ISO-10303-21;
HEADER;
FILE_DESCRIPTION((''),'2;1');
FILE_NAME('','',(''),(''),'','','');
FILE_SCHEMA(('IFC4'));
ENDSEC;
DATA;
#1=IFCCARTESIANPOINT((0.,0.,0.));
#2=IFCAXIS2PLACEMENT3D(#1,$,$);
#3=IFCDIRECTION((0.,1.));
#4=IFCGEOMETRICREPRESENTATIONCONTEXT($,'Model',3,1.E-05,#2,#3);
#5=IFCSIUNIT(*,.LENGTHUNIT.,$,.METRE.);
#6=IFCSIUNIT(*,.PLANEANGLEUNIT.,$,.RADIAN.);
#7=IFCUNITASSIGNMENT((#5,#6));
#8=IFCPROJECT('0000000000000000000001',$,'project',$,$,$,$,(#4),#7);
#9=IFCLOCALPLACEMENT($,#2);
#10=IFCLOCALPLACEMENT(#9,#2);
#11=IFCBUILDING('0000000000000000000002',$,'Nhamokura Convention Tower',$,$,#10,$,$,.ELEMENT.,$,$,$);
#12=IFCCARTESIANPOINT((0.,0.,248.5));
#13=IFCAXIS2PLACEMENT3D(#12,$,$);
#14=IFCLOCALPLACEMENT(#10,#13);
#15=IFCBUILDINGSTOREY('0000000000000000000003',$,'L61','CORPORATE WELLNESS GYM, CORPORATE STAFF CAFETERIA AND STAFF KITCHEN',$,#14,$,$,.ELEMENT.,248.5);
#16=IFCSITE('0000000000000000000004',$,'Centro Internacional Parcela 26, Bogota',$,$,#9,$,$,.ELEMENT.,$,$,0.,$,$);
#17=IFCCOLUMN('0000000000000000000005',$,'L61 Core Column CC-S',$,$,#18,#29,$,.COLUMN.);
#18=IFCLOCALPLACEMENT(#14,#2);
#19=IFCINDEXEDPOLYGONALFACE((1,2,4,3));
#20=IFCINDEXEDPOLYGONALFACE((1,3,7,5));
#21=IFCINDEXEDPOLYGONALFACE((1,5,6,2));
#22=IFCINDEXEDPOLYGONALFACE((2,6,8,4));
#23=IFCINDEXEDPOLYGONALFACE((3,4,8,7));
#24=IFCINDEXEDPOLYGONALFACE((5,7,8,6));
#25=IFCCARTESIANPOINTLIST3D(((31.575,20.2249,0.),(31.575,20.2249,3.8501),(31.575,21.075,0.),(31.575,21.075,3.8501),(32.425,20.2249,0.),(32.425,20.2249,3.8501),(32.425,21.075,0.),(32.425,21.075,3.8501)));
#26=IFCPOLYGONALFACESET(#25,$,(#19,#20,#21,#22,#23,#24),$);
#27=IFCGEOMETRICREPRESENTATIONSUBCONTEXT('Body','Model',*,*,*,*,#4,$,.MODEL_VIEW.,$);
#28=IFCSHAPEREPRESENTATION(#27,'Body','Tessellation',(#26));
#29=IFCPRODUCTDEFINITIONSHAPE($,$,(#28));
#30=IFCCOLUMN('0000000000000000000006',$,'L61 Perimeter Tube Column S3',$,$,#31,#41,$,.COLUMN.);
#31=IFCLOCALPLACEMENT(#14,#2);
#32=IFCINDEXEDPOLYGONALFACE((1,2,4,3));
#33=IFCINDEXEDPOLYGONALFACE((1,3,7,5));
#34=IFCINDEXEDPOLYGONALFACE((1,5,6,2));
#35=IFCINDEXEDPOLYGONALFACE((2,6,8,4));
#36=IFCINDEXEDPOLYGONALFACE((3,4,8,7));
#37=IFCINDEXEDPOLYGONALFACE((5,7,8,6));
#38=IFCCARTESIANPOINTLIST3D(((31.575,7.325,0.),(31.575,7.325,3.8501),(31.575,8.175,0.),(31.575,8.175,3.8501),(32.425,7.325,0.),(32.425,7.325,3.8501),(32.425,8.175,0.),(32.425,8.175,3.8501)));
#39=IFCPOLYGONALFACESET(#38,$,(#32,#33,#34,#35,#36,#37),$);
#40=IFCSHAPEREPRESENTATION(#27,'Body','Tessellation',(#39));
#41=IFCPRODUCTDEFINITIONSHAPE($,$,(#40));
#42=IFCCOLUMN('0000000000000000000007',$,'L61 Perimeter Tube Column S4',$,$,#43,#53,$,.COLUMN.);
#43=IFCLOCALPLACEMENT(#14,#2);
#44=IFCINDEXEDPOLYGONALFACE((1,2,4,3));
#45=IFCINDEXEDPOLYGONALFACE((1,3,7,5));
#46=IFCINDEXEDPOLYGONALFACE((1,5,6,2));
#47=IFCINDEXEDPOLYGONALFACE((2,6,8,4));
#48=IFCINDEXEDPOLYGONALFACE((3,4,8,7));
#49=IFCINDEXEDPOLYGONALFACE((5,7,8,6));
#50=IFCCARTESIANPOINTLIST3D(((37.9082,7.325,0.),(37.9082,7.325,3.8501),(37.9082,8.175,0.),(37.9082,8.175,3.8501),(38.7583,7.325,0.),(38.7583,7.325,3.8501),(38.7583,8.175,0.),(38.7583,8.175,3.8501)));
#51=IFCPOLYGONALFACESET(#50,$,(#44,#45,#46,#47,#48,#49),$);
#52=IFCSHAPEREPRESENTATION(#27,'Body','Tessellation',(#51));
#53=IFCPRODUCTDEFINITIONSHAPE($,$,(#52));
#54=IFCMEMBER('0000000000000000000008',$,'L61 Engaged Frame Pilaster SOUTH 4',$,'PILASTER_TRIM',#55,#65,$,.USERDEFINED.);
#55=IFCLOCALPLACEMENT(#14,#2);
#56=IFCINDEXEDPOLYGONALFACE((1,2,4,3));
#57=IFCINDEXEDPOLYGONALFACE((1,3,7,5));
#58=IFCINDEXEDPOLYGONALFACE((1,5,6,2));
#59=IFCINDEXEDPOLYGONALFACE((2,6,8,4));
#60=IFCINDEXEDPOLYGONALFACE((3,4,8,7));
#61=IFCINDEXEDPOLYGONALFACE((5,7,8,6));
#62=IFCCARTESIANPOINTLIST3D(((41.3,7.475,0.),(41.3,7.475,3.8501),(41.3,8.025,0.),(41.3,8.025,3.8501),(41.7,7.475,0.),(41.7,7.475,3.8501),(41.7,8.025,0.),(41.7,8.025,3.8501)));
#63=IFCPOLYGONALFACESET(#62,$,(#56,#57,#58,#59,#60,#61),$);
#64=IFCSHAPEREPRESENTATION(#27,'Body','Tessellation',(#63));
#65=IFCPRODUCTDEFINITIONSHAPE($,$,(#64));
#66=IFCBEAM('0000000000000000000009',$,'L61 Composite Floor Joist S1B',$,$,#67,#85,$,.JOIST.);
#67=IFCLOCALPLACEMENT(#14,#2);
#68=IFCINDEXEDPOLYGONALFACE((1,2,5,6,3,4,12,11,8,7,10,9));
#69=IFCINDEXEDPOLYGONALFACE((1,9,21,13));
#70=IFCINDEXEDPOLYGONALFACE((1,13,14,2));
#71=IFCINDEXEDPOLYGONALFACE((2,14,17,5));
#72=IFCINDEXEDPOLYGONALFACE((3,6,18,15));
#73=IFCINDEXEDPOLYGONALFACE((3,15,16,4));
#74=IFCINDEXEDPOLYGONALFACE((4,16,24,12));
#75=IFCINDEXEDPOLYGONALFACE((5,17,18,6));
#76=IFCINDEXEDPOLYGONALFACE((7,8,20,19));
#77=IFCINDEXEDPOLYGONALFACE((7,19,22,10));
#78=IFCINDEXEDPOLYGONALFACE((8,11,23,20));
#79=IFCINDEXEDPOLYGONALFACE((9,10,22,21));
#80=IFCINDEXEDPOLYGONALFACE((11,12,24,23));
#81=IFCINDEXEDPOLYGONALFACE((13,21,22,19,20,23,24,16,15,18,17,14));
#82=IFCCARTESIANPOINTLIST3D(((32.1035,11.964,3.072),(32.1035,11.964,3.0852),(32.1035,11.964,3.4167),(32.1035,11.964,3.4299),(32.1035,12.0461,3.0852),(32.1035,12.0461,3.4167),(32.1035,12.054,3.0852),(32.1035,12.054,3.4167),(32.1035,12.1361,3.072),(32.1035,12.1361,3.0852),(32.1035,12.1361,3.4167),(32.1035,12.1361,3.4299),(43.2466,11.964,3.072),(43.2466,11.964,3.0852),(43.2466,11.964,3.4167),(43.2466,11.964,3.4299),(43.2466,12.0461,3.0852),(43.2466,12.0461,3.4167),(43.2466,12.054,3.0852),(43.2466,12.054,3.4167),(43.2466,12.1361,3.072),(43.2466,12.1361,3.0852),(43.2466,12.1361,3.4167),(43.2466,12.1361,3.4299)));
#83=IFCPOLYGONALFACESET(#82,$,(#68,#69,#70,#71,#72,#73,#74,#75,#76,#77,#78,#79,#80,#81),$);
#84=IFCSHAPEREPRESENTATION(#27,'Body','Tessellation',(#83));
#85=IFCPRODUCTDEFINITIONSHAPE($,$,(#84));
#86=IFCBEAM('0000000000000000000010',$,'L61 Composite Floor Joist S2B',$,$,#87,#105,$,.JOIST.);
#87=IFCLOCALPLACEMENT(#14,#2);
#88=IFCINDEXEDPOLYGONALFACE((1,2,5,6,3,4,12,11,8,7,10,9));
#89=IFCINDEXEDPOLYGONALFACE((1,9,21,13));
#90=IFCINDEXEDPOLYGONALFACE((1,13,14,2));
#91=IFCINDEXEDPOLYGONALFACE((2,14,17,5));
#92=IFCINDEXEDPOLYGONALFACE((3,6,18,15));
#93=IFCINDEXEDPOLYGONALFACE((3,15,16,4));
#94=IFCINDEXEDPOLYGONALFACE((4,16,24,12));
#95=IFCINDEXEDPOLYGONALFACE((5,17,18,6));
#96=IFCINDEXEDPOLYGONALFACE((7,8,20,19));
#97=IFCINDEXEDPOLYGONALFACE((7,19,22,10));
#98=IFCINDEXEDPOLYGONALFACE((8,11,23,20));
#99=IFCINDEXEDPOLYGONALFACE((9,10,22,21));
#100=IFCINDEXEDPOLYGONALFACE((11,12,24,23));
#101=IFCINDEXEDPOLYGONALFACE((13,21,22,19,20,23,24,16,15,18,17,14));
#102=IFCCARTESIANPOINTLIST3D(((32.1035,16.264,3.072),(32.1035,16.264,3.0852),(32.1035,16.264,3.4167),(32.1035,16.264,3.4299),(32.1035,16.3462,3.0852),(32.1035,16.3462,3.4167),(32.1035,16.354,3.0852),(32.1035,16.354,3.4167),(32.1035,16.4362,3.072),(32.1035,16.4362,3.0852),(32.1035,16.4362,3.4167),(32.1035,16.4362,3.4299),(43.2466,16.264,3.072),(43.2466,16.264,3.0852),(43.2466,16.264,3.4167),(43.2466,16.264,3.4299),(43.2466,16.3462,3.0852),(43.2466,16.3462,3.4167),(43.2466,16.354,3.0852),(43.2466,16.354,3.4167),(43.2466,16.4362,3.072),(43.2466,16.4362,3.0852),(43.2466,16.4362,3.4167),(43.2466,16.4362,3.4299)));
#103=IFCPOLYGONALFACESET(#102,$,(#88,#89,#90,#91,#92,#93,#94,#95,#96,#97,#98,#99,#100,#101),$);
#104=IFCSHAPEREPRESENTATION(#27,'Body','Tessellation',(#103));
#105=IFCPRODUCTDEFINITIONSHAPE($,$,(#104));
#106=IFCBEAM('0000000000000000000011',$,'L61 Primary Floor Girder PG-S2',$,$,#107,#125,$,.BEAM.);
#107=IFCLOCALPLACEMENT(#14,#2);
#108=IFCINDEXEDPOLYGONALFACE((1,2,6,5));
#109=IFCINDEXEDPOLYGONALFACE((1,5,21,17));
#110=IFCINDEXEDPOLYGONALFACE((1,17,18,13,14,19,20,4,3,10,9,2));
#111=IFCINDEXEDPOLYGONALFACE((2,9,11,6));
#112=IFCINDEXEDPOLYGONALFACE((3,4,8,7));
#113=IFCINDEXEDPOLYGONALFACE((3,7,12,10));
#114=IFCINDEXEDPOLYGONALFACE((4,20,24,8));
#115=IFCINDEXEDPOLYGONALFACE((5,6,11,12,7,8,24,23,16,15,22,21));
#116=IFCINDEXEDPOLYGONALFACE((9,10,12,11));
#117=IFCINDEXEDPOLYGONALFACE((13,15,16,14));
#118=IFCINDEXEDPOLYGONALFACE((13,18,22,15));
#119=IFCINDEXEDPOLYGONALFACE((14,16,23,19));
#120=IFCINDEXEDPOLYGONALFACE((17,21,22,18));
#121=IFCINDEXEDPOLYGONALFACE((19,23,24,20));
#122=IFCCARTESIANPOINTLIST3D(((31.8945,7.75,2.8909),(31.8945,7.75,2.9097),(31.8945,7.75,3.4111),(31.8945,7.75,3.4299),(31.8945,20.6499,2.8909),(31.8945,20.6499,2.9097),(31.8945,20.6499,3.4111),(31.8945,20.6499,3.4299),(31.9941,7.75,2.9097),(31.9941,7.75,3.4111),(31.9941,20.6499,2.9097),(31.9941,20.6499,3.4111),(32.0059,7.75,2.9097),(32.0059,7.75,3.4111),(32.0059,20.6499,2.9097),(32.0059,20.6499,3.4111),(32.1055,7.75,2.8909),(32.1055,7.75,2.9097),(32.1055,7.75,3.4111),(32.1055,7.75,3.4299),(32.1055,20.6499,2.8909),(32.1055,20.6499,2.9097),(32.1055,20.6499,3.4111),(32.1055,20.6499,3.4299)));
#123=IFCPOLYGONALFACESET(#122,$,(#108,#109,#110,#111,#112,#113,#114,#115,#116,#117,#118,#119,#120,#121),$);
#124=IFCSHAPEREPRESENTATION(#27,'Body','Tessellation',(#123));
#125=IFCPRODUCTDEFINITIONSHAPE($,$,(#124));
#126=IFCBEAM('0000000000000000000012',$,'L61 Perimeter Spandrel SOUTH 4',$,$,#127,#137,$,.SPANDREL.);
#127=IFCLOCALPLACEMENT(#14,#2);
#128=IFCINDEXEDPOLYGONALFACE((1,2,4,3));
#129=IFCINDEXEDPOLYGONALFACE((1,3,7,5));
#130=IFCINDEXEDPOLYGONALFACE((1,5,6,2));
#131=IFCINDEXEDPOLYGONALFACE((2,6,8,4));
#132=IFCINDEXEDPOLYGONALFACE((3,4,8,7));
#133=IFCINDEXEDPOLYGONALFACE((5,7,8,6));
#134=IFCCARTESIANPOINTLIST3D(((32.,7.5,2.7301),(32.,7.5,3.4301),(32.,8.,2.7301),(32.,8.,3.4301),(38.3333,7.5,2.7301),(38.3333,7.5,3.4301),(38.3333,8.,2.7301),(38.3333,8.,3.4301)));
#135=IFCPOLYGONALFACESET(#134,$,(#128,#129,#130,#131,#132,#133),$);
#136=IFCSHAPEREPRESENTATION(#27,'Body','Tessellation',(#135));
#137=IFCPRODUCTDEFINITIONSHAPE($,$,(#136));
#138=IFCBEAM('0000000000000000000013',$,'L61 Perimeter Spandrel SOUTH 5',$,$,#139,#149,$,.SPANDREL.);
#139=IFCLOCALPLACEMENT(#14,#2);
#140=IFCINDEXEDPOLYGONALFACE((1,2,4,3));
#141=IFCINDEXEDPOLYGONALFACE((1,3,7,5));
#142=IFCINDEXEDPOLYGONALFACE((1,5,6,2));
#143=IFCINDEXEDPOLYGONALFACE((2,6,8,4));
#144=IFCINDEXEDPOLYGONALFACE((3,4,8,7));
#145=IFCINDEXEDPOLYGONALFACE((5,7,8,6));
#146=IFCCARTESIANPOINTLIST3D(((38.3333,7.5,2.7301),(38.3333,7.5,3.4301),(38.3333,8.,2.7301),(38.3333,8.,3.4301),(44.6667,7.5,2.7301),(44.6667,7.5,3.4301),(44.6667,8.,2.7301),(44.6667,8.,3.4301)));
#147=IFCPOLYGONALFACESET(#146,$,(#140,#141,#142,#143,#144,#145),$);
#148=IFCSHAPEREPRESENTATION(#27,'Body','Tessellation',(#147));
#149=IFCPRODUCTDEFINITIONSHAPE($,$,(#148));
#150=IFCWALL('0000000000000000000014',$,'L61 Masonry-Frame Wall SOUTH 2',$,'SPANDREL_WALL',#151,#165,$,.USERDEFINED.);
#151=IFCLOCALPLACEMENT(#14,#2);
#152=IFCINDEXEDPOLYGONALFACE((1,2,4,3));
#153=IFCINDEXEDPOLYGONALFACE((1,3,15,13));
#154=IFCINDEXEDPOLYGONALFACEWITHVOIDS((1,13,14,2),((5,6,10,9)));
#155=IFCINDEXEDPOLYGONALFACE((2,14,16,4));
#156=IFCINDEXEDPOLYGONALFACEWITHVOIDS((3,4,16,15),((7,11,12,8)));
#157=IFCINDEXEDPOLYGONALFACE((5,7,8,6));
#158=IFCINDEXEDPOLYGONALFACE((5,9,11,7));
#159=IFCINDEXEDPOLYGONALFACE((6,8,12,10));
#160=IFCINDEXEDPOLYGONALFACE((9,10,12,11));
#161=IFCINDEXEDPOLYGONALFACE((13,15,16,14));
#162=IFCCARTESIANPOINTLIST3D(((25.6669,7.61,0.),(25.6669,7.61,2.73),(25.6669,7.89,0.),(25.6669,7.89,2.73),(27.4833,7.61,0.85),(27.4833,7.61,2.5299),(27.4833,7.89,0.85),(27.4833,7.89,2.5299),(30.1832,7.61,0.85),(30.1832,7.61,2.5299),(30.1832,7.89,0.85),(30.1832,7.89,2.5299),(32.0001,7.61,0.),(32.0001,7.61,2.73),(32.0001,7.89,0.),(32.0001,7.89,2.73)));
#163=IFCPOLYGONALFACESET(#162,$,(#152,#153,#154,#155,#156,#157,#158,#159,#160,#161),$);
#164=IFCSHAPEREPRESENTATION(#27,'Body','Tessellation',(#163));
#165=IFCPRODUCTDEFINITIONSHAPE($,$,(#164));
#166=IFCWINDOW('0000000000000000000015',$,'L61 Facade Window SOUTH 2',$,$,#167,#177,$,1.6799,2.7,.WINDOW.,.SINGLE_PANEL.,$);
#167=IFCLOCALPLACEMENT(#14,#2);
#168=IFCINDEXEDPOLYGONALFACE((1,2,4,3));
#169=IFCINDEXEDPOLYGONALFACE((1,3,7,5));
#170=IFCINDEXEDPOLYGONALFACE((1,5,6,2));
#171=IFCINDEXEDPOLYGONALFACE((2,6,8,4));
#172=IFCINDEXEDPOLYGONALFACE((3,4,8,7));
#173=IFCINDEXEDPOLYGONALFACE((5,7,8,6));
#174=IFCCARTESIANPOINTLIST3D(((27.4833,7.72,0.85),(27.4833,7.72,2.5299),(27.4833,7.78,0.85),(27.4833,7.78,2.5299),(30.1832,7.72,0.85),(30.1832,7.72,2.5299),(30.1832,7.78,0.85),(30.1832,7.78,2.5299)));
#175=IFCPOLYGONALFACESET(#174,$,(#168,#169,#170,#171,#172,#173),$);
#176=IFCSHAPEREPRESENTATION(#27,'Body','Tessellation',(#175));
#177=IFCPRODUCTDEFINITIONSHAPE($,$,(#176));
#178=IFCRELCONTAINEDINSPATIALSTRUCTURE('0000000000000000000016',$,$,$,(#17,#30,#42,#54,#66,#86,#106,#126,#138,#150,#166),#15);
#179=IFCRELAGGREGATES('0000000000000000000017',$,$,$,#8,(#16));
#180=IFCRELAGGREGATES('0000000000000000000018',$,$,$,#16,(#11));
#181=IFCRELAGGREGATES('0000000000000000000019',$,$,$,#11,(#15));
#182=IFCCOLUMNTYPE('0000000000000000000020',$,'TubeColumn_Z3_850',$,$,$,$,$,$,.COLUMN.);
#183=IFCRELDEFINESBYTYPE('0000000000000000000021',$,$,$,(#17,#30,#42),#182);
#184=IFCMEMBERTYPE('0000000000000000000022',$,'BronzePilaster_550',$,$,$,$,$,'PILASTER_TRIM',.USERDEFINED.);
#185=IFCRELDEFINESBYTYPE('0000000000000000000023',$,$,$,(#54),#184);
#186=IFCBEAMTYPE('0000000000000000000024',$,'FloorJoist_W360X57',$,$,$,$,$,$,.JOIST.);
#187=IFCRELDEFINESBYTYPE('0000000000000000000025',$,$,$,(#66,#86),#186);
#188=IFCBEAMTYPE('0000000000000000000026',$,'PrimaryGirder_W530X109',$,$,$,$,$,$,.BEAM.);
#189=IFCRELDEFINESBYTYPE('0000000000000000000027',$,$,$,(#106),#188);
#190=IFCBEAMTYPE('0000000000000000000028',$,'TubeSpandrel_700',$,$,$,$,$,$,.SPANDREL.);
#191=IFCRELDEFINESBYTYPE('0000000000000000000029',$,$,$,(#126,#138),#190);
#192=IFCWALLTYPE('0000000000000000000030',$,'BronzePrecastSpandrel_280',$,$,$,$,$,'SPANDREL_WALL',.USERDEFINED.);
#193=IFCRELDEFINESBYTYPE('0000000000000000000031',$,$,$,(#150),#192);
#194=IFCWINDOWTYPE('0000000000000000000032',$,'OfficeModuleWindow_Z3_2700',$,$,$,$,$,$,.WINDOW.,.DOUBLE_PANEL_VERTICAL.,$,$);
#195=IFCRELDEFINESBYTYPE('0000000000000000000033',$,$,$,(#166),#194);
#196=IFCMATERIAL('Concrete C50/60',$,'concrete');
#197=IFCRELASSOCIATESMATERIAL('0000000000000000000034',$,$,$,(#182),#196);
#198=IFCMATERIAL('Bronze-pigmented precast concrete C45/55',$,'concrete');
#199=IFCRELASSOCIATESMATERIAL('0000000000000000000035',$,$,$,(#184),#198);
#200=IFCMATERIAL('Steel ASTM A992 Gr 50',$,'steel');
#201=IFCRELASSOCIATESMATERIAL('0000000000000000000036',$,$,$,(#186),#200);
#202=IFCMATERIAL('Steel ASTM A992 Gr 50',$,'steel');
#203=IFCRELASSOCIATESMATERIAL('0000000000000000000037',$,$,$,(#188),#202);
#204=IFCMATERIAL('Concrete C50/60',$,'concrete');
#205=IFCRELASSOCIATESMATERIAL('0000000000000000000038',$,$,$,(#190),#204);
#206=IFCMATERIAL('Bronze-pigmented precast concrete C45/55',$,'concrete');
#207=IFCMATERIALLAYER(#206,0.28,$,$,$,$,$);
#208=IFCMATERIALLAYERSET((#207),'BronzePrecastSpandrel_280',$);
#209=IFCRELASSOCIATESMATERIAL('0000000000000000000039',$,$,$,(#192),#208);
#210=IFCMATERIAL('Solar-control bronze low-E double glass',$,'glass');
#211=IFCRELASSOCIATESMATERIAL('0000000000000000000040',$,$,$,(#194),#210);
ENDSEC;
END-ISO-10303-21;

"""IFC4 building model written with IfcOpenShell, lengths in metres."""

from ifc_helpers import new_model, si_unit, direction, frame, frame_2d, origin, origin_2d, place, context, subcontext, project, spatial, rectangle, i_section, extrude, material, layer, layer_set, material_profile, profile_set, type_object, element, fill, save


model = new_model("IFC4")

# Units and contexts
model_context = context("Model", 3, precision=1e-05, world=origin(), true_north=direction((0.0, 1.0)))
body_context = subcontext(model_context, "Body", "Model", "MODEL_VIEW")
ifc_project = project(units=[si_unit("LENGTHUNIT", "METRE"), si_unit("PLANEANGLEUNIT", "RADIAN")], contexts=[model_context])

# Site, building, storey
site_placement = place(None, origin())
site = spatial("IfcSite", under=ifc_project, at=site_placement, Name="Centro Internacional Parcela 26, Bogota", CompositionType="ELEMENT", RefElevation=0.0)
building_placement = place(site_placement, origin())
building = spatial("IfcBuilding", under=site, at=building_placement, Name="Nhamokura Convention Tower", CompositionType="ELEMENT")
storey_placement = place(building_placement, frame((0.0, 0.0, 248.5)))
storey = spatial("IfcBuildingStorey", under=building, at=storey_placement, Name="L61", Description="CORPORATE WELLNESS GYM, CORPORATE STAFF CAFETERIA AND STAFF KITCHEN", CompositionType="ELEMENT", Elevation=248.5)

# Columns
ifc_material_1 = material(Name="Concrete C50/60", Category="concrete")
ifc_material_profile_1 = material_profile(ifc_material_1, rectangle(XDim=0.8501, YDim=0.8501, at=origin_2d()))
ifc_profile_set_1 = profile_set([ifc_material_profile_1], Name="Concrete C50/60")
column_type = type_object("IfcColumnType", Name="TubeColumn_Z3_850", PredefinedType="COLUMN", material=ifc_profile_set_1)
for number, where, z_axis, x_axis, name in (
    (1, (32.0, 20.6499, 0.0), (0.0, 0.0, 1.0), (1.0, 0.0, 0.0), "L61 Core Column CC-S"),
    (2, (32.0, 7.75, 0.0), (0.0, 0.0, 1.0), (1.0, 0.0, 0.0), "L61 Perimeter Tube Column S3"),
    (3, (38.3333, 7.75, 0.0), (0.0, 0.0, 1.0), (1.0, 0.0, 0.0), "L61 Perimeter Tube Column S4"),
):
    element("IfcColumn", number, at=place(storey_placement, frame(where, z_axis=z_axis, x_axis=x_axis)), inside=storey, type_object=column_type, Name=name, PredefinedType="COLUMN", context=body_context, shape_type="SweptSolid", body=[
        extrude(rectangle(XDim=0.8501, YDim=0.8501, at=origin_2d()), origin(), (0.0, 0.0, 1.0), 3.8501),
    ])

# Member
ifc_material_2 = material(Name="Bronze-pigmented precast concrete C45/55", Category="concrete")
ifc_material_profile_2 = material_profile(ifc_material_2, rectangle(XDim=0.3999, YDim=0.55, at=origin_2d()))
ifc_profile_set_2 = profile_set([ifc_material_profile_2], Name="Bronze-pigmented precast concrete C45/55")
member_type = type_object("IfcMemberType", Name="BronzePilaster_550", ElementType="PILASTER_TRIM", PredefinedType="USERDEFINED", material=ifc_profile_set_2)
member_placement = place(storey_placement, frame((41.5, 7.75, 0.0), z_axis=(0.0, 0.0, 1.0), x_axis=(1.0, 0.0, 0.0)))
element("IfcMember", 4, at=member_placement, inside=storey, type_object=member_type, Name="L61 Engaged Frame Pilaster SOUTH 4", ObjectType="PILASTER_TRIM", PredefinedType="USERDEFINED", context=body_context, shape_type="SweptSolid", body=[
    extrude(rectangle(XDim=0.3999, YDim=0.55, at=origin_2d()), origin(), (0.0, 0.0, 1.0), 3.8501),
])

# Beams
ifc_material_3 = material(Name="Steel ASTM A992 Gr 50", Category="steel")
ifc_material_profile_3 = material_profile(ifc_material_3, i_section(OverallWidth=0.1721, OverallDepth=0.3579, WebThickness=0.0078, FlangeThickness=0.0132, at=origin_2d()))
ifc_profile_set_3 = profile_set([ifc_material_profile_3], Name="Steel ASTM A992 Gr 50")
beam_type_1 = type_object("IfcBeamType", Name="FloorJoist_W360X57", PredefinedType="JOIST", material=ifc_profile_set_3)
for number, where, z_axis, x_axis, name in (
    (5, (32.1035, 12.05, 3.251), (1.0, 0.0, 0.0), (0.0, 1.0, 0.0), "L61 Composite Floor Joist S1B"),
    (6, (32.1035, 16.3501, 3.251), (1.0, 0.0, 0.0), (0.0, 1.0, 0.0), "L61 Composite Floor Joist S2B"),
):
    element("IfcBeam", number, at=place(storey_placement, frame(where, z_axis=z_axis, x_axis=x_axis)), inside=storey, type_object=beam_type_1, Name=name, PredefinedType="JOIST", context=body_context, shape_type="SweptSolid", body=[
        extrude(i_section(OverallWidth=0.1721, OverallDepth=0.3579, WebThickness=0.0078, FlangeThickness=0.0132, at=origin_2d()), origin(), (0.0, 0.0, 1.0), 11.1431),
    ])
ifc_material_4 = material(Name="Steel ASTM A992 Gr 50", Category="steel")
ifc_material_profile_4 = material_profile(ifc_material_4, i_section(OverallWidth=0.2109, OverallDepth=0.5391, WebThickness=0.0117, FlangeThickness=0.0188, at=origin_2d()))
ifc_profile_set_4 = profile_set([ifc_material_profile_4], Name="Steel ASTM A992 Gr 50")
beam_type_2 = type_object("IfcBeamType", Name="PrimaryGirder_W530X109", PredefinedType="BEAM", material=ifc_profile_set_4)
beam_1_placement = place(storey_placement, frame((32.0, 7.75, 3.1604), z_axis=(0.0, 1.0, 0.0), x_axis=(-1.0, 0.0, 0.0)))
element("IfcBeam", 7, at=beam_1_placement, inside=storey, type_object=beam_type_2, Name="L61 Primary Floor Girder PG-S2", PredefinedType="BEAM", context=body_context, shape_type="SweptSolid", body=[
    extrude(i_section(OverallWidth=0.2109, OverallDepth=0.5391, WebThickness=0.0117, FlangeThickness=0.0188, at=origin_2d()), origin(), (0.0, 0.0, 1.0), 12.8999),
])
ifc_material_5 = material(Name="Concrete C50/60", Category="concrete")
ifc_material_profile_5 = material_profile(ifc_material_5, rectangle(XDim=0.5, YDim=0.7, at=origin_2d()))
ifc_profile_set_5 = profile_set([ifc_material_profile_5], Name="Concrete C50/60")
beam_type_3 = type_object("IfcBeamType", Name="TubeSpandrel_700", PredefinedType="SPANDREL", material=ifc_profile_set_5)
beam_2_placement = place(storey_placement, frame((32.0, 7.75, 3.0801), z_axis=(1.0, 0.0, 0.0), x_axis=(0.0, 1.0, 0.0)))
element("IfcBeam", 8, at=beam_2_placement, inside=storey, type_object=beam_type_3, Name="L61 Perimeter Spandrel SOUTH 4", PredefinedType="SPANDREL", context=body_context, shape_type="SweptSolid", body=[
    extrude(rectangle(XDim=0.5, YDim=0.7, at=origin_2d()), origin(), (0.0, 0.0, 1.0), 6.3333),
])
beam_3_placement = place(storey_placement, frame((38.3333, 7.75, 3.0801), z_axis=(1.0, 0.0, 0.0), x_axis=(0.0, 1.0, 0.0)))
element("IfcBeam", 9, at=beam_3_placement, inside=storey, type_object=beam_type_3, Name="L61 Perimeter Spandrel SOUTH 5", PredefinedType="SPANDREL", context=body_context, shape_type="SweptSolid", body=[
    extrude(rectangle(XDim=0.5, YDim=0.7, at=origin_2d()), origin(), (0.0, 0.0, 1.0), 6.3335),
])

# Wall, opening, window
ifc_material_6 = material(Name="Bronze-pigmented precast concrete C45/55", Category="concrete")
ifc_layer_1 = layer(ifc_material_6, 0.28)
ifc_layer_set_1 = layer_set([ifc_layer_1], Name="BronzePrecastSpandrel_280")
wall_type_1 = type_object("IfcWallType", Name="BronzePrecastSpandrel_280", ElementType="SPANDREL_WALL", PredefinedType="USERDEFINED", material=ifc_layer_set_1)
wall_1_placement = place(storey_placement, frame((32.0, 7.75, 0.0), z_axis=(0.0, 0.0, 1.0), x_axis=(-1.0, 0.0, 0.0)))
wall_1 = element("IfcWall", 10, at=wall_1_placement, inside=storey, type_object=wall_type_1, Name="L61 Masonry-Frame Wall SOUTH 2", ObjectType="SPANDREL_WALL", PredefinedType="USERDEFINED", context=body_context, shape_type="SweptSolid", body=[
    extrude(rectangle(XDim=6.3333, YDim=0.28, at=frame_2d((3.1665, 0.0))), origin(), (0.0, 0.0, 1.0), 2.73),
])
opening_1_placement = place(wall_1_placement, frame((1.8167, 0.0, 0.8501)))
opening_1 = element("IfcOpeningElement", 11, at=opening_1_placement, cuts=wall_1, PredefinedType="OPENING", context=body_context, shape_type="SweptSolid", body=[
    extrude(rectangle(XDim=2.7, YDim=1.6799, at=frame_2d((1.3501, 0.8398))), frame((0.0, 0.1499, 0.0), z_axis=(0.0, -1.0, 0.0), x_axis=(1.0, 0.0, 0.0)), (0.0, 0.0, 1.0), 0.3),
])
ifc_material_7 = material(Name="Solar-control bronze low-E double glass", Category="glass")
window_type = type_object("IfcWindowType", Name="OfficeModuleWindow_Z3_2700", PartitioningType="DOUBLE_PANEL_VERTICAL", PredefinedType="WINDOW", material=ifc_material_7)
window_1_placement = place(opening_1_placement, origin())
window_1 = element("IfcWindow", 12, at=window_1_placement, inside=storey, type_object=window_type, Name="L61 Facade Window SOUTH 2", OverallHeight=1.6799, OverallWidth=2.7, PartitioningType="SINGLE_PANEL", PredefinedType="WINDOW", context=body_context, shape_type="SweptSolid", body=[
    extrude(rectangle(XDim=2.7, YDim=1.6799, at=frame_2d((1.3501, 0.8398))), frame((0.0, 0.03, 0.0), z_axis=(0.0, -1.0, 0.0), x_axis=(1.0, 0.0, 0.0)), (0.0, 0.0, 1.0), 0.0601),
])
fill(opening_1, window_1)

save(model, "model.ifc")
